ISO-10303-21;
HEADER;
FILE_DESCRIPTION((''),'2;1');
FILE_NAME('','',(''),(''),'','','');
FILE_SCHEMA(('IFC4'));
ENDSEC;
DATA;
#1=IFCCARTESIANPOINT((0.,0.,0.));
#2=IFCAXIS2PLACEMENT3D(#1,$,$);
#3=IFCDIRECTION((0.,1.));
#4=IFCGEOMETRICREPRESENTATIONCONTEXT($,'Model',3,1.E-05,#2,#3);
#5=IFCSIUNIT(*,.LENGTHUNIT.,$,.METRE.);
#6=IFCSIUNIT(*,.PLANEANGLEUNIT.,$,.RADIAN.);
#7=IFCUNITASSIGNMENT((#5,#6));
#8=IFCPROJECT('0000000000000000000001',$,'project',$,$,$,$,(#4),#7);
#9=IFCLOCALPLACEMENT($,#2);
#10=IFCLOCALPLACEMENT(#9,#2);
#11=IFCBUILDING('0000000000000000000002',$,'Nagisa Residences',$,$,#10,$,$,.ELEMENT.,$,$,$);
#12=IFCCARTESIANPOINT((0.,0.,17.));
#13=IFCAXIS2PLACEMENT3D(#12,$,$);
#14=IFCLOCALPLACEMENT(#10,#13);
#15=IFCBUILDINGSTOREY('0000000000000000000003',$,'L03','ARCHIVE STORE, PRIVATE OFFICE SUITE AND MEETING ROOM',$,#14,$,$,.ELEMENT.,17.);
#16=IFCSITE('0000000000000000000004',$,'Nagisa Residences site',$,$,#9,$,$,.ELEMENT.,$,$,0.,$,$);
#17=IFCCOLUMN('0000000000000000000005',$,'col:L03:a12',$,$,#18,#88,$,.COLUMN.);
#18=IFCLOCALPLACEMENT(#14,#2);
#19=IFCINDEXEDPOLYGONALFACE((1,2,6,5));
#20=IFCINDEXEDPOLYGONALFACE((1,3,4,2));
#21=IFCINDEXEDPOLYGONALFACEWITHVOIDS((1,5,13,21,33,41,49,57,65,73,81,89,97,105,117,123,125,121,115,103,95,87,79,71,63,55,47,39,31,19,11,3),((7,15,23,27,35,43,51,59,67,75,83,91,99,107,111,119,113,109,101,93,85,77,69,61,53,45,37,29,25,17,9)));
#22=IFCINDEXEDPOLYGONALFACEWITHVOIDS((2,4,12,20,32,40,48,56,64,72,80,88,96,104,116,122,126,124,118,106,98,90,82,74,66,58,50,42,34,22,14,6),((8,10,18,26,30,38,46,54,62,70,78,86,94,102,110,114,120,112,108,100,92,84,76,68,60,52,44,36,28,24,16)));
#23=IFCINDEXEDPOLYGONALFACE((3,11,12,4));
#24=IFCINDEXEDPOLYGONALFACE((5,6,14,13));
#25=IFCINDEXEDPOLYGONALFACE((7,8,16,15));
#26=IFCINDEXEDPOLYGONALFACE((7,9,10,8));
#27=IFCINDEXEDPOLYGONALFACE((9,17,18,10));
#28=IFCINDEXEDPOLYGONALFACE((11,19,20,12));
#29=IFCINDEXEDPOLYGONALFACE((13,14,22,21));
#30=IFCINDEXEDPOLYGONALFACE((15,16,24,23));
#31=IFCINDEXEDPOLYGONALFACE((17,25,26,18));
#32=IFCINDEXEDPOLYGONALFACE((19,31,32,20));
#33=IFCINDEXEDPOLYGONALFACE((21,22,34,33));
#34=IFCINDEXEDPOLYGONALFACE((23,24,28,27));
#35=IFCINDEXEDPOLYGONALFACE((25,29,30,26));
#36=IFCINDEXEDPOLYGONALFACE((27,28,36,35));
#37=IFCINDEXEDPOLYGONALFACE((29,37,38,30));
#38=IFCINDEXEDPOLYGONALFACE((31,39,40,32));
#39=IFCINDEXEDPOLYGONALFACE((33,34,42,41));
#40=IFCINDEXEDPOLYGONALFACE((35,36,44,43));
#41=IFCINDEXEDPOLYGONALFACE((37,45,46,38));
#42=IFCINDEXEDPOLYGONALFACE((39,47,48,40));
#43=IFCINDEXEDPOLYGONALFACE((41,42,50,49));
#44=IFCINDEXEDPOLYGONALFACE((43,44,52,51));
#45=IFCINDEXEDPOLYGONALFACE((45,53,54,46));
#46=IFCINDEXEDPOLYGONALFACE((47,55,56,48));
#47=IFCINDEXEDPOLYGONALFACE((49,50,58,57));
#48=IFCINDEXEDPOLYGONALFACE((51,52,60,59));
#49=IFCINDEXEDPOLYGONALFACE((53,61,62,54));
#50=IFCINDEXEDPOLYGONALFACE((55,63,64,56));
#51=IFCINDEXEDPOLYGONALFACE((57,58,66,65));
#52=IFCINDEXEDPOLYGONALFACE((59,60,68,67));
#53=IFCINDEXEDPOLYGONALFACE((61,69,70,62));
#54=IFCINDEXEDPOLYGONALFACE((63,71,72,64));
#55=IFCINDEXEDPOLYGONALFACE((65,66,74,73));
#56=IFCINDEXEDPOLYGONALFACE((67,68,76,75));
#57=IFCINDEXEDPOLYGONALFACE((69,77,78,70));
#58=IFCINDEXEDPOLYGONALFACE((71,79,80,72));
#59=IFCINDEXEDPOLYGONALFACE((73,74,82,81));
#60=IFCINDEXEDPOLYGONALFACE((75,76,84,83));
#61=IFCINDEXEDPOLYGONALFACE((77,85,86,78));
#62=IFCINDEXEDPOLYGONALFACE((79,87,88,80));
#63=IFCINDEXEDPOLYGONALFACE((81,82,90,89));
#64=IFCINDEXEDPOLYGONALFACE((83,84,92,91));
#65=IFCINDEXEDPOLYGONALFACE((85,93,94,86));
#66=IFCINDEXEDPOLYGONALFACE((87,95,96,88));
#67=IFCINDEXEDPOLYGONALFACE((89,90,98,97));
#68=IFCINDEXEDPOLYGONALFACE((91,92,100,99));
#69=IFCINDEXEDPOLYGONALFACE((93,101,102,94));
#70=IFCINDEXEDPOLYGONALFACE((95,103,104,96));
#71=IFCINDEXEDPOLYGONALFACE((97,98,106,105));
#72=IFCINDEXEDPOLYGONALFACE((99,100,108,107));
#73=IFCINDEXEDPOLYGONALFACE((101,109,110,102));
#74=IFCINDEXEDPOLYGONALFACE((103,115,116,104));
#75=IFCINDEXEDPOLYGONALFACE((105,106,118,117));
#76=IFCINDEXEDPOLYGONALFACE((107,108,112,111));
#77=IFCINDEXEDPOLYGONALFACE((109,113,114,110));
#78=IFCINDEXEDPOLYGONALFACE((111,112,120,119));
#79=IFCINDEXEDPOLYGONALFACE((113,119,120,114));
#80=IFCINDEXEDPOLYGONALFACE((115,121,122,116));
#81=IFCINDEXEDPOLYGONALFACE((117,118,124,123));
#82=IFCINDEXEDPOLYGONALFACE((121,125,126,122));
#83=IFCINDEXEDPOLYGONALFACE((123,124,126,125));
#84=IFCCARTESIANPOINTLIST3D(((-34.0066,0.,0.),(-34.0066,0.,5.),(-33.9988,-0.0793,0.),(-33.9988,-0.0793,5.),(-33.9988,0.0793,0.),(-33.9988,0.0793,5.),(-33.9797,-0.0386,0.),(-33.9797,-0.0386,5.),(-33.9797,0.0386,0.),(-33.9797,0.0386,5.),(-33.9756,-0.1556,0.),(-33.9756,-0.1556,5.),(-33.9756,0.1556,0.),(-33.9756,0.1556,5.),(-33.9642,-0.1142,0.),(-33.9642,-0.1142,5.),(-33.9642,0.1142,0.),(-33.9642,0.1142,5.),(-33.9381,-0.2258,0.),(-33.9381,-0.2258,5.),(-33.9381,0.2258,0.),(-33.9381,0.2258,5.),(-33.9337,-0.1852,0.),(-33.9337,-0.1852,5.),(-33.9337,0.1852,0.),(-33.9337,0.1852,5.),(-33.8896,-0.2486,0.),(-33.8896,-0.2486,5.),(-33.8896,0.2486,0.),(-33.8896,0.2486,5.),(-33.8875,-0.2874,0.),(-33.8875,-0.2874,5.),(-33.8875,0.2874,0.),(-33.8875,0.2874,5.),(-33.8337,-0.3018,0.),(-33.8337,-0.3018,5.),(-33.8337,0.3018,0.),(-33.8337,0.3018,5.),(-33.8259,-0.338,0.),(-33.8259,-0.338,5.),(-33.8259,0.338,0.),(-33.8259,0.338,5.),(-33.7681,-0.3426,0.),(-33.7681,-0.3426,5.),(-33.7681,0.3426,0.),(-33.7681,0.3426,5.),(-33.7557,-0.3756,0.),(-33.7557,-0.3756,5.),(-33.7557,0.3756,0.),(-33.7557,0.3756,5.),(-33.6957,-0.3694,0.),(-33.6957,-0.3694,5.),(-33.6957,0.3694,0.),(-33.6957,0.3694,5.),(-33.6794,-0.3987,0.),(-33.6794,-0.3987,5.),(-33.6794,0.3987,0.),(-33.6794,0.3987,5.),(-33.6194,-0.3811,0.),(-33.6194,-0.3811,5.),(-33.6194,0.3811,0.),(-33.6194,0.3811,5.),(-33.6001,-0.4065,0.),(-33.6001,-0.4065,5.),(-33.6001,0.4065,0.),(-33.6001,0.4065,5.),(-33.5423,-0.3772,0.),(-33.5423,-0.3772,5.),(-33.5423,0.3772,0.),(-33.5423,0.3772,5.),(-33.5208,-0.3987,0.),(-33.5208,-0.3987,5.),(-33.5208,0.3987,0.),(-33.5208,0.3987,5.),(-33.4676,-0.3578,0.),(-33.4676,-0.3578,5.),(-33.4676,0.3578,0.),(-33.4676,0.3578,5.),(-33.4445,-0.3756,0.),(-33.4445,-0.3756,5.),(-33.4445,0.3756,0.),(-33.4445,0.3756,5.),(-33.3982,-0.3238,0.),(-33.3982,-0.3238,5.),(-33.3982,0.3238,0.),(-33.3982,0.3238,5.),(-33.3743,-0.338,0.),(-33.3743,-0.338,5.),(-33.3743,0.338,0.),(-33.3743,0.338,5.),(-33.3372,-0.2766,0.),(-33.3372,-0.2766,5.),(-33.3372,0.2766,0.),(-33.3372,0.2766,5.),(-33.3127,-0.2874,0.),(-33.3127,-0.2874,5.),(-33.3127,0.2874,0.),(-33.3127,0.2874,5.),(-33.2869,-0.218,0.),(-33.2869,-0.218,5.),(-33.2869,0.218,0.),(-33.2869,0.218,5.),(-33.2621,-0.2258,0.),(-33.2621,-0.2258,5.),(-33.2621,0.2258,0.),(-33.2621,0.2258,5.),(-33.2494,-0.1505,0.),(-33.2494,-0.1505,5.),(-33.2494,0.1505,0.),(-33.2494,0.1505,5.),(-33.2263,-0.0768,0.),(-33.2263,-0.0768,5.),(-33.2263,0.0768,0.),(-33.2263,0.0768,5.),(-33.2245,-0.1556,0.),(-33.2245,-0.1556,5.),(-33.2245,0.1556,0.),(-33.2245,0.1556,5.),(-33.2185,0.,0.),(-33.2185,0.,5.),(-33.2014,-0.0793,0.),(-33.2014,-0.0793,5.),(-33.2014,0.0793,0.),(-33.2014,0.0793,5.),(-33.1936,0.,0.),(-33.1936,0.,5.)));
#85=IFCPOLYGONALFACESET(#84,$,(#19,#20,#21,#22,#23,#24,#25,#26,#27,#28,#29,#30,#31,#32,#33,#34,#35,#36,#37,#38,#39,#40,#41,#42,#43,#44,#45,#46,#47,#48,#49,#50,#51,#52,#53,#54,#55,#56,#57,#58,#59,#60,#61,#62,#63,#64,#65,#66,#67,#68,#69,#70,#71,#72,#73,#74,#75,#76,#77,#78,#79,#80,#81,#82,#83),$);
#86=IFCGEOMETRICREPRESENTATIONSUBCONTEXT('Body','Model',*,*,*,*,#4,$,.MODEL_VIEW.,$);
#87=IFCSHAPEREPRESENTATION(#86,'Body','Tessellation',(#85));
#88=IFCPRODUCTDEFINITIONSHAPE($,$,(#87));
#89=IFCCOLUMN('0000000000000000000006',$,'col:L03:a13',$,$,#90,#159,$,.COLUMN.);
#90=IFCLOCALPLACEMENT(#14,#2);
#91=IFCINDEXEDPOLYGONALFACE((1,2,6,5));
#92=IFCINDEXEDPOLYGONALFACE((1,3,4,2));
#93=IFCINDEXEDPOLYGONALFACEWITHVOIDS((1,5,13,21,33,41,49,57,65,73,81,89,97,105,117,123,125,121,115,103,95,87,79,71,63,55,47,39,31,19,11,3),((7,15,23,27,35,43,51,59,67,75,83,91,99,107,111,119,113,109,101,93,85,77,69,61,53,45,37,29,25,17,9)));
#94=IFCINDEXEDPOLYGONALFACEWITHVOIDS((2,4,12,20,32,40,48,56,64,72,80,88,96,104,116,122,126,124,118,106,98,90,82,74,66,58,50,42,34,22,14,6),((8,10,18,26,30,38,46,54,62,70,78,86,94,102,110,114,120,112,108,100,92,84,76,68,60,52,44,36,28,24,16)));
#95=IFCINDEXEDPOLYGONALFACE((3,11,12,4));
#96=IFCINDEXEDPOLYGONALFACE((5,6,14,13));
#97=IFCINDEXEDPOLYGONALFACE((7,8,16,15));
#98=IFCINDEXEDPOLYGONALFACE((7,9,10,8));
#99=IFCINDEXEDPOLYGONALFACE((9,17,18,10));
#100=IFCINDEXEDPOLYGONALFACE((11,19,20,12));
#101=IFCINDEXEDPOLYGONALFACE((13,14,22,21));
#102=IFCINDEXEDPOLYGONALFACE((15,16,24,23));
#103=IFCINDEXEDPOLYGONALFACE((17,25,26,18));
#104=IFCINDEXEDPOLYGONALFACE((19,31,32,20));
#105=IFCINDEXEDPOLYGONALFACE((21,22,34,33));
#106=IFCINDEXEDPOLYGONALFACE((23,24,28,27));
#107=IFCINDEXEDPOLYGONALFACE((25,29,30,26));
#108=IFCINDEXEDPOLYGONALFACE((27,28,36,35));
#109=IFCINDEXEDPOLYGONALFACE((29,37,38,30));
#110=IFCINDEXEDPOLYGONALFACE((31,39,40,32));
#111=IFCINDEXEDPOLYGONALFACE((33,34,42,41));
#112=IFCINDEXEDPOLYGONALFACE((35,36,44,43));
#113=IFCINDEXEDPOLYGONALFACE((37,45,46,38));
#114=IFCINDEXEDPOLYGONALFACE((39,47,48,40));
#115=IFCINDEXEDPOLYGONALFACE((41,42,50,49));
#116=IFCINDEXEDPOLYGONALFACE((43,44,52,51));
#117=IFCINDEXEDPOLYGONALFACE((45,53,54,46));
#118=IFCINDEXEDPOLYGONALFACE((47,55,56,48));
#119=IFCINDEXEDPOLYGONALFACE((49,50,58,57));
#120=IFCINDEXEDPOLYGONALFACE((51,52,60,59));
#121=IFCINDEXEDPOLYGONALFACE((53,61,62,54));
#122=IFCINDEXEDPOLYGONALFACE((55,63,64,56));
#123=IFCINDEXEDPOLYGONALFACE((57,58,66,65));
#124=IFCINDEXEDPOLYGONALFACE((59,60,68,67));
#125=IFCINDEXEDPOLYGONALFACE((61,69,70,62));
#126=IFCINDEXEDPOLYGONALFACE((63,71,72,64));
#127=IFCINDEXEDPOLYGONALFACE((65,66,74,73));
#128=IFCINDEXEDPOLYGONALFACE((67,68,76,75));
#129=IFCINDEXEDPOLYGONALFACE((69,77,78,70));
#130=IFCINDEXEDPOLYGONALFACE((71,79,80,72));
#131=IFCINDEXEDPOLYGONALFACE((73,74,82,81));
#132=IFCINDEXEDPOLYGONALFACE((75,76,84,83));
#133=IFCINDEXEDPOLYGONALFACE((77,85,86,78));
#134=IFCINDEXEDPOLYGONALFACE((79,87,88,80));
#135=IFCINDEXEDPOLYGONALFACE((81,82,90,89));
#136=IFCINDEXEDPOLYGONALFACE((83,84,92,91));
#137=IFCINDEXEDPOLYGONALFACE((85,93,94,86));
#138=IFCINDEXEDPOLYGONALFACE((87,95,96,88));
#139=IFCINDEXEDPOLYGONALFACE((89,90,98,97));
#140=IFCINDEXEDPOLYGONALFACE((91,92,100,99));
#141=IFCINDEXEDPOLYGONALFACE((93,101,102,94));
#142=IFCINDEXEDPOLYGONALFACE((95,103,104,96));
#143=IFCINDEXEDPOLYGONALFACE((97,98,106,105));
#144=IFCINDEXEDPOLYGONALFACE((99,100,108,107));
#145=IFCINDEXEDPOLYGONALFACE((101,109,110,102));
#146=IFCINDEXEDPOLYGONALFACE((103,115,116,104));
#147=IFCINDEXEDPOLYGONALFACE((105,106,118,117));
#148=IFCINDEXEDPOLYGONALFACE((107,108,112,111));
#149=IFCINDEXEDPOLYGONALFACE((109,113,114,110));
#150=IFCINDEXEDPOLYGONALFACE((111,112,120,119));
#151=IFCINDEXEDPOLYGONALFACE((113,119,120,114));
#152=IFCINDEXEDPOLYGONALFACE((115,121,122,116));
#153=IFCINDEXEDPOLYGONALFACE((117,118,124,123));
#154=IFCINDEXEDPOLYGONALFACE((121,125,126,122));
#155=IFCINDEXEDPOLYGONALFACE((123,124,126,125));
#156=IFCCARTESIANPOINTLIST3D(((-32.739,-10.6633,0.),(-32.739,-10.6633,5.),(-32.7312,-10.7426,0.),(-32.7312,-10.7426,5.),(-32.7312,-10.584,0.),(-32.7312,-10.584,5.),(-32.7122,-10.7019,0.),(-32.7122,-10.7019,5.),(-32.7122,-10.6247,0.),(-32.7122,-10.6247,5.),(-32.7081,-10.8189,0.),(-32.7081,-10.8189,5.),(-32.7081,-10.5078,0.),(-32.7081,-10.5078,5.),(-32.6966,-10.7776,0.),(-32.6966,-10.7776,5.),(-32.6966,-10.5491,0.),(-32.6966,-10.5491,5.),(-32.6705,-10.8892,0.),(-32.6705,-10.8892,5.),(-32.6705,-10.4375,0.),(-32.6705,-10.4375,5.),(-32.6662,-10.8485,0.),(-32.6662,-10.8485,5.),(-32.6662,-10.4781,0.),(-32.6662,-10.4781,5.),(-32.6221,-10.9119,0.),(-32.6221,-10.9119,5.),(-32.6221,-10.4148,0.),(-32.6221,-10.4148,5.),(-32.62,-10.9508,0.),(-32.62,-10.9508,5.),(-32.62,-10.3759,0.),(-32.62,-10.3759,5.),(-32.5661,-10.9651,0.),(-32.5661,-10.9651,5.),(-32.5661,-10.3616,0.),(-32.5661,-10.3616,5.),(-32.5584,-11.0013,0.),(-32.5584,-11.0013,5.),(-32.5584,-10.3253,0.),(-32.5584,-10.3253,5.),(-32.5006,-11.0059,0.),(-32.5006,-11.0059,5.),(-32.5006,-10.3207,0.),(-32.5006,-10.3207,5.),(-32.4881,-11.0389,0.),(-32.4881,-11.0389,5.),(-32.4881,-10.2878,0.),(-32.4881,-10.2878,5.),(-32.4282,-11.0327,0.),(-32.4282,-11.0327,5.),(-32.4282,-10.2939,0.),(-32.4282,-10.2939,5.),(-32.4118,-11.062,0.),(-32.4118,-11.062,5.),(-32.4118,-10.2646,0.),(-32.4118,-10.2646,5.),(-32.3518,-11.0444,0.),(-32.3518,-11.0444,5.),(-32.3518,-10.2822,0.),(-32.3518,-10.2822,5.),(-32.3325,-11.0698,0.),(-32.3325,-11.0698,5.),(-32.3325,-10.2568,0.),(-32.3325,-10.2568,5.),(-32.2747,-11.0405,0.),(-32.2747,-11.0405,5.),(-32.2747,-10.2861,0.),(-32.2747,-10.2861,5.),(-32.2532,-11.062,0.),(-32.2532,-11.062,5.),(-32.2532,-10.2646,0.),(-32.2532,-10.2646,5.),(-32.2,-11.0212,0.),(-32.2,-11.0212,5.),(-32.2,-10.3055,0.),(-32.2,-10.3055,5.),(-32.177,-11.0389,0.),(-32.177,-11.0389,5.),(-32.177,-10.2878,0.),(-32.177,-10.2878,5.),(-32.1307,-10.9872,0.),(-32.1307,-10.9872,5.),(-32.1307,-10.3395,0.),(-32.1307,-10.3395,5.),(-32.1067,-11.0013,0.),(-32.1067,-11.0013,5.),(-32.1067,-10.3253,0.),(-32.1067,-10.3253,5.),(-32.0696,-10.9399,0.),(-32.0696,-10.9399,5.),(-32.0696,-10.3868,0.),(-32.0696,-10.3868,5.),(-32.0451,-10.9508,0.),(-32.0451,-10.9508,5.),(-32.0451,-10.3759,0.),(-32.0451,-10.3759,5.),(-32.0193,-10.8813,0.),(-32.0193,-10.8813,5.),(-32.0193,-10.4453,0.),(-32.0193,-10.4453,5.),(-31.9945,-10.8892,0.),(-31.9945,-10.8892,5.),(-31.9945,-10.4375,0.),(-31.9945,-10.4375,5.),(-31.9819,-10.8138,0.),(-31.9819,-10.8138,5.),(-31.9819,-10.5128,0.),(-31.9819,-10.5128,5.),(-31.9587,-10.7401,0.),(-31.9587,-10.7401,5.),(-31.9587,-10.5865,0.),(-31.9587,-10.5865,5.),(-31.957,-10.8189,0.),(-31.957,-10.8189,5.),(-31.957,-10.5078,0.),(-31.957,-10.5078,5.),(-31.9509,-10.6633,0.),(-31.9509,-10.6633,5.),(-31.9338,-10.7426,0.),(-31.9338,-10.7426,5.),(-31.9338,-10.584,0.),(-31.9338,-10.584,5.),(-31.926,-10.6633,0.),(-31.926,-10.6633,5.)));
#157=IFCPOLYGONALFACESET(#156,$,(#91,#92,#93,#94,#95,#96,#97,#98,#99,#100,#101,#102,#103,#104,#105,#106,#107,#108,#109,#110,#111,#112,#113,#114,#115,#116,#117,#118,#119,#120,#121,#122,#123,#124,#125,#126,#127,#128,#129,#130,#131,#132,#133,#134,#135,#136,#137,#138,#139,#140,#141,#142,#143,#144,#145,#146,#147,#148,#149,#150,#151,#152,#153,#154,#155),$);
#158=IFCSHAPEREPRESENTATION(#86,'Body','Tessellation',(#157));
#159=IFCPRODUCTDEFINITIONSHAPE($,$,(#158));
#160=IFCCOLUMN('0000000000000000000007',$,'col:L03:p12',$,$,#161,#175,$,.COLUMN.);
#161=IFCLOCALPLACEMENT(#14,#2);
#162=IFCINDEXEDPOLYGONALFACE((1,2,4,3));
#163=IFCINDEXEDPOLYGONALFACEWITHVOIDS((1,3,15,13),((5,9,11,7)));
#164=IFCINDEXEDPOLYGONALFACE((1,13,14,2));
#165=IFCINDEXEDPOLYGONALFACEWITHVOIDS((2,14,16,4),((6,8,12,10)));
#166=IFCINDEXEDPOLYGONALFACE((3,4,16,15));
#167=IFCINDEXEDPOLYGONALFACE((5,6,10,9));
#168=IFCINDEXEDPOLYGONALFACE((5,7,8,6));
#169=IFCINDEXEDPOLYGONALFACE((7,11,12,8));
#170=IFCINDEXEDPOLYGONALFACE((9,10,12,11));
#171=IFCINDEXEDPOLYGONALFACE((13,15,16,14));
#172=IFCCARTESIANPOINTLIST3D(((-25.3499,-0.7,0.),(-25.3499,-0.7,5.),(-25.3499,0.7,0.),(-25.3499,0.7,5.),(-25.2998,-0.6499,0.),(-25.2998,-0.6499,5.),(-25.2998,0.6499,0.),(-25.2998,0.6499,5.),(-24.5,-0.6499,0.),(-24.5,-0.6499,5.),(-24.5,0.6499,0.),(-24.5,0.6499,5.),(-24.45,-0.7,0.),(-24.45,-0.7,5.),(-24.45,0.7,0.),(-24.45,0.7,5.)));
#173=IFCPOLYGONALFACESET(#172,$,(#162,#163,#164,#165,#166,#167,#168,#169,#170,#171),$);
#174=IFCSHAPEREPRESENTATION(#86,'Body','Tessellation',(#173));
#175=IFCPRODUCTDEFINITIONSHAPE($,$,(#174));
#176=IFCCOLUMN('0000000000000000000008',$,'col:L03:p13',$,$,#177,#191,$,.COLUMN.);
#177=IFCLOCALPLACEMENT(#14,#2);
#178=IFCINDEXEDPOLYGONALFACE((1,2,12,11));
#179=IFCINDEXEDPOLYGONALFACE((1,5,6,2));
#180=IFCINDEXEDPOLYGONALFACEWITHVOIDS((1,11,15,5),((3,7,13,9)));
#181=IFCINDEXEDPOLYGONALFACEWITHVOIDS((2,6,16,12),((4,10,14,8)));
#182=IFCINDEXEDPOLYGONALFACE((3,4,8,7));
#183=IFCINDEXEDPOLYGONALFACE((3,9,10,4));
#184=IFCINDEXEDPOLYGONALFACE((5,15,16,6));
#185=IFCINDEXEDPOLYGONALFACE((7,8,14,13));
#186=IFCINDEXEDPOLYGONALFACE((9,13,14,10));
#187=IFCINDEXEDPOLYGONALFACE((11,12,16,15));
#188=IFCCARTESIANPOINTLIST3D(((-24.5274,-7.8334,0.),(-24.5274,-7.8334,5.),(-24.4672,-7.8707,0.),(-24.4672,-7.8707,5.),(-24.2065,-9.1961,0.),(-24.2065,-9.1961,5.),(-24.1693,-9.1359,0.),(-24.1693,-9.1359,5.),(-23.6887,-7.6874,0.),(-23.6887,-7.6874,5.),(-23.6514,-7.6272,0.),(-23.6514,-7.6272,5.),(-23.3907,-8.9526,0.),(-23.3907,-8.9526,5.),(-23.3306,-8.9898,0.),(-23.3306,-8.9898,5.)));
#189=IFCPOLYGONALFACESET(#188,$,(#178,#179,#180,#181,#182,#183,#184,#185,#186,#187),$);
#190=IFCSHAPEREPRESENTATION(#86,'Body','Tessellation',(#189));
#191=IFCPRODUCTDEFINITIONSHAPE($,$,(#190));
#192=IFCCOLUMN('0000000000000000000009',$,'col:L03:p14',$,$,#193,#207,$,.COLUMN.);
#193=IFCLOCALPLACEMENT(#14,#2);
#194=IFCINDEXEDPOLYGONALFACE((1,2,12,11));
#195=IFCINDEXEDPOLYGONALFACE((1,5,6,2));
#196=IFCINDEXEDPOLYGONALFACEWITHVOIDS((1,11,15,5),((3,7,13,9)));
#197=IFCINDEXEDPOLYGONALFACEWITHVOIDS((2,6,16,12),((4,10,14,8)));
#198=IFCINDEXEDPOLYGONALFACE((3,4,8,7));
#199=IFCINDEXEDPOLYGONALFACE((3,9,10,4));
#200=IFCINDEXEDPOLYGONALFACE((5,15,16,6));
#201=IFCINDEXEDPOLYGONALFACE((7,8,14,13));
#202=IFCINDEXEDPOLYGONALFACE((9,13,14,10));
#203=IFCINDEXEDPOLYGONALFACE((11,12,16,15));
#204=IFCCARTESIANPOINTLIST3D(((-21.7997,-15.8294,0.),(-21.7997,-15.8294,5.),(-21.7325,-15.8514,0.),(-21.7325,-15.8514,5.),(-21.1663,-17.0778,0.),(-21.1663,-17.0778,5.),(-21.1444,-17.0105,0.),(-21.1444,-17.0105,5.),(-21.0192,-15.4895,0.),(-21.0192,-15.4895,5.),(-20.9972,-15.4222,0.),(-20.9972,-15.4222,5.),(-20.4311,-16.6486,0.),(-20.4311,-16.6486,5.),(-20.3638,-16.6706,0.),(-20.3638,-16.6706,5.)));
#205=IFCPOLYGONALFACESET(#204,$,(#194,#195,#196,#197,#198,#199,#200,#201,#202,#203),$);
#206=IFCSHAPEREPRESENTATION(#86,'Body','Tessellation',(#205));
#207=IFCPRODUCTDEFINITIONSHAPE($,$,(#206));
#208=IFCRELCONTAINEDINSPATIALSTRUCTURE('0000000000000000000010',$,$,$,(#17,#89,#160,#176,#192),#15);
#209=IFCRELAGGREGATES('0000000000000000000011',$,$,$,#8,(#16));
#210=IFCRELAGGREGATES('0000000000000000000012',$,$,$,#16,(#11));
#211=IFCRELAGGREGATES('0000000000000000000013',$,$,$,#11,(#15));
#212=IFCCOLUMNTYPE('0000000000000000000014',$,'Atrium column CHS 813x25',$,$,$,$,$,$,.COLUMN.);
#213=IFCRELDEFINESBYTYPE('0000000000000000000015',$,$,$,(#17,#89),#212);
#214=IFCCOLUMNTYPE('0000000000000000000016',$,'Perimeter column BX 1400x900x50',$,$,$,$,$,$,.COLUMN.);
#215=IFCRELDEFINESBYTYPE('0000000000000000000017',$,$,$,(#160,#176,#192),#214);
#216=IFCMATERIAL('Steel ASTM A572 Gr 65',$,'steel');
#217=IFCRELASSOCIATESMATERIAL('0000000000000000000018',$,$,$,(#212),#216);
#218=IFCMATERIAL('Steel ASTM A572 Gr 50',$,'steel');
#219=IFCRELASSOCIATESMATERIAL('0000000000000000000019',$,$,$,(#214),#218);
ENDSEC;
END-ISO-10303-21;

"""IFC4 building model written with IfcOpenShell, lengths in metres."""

from ifc_helpers import new_model, si_unit, direction, frame, origin, origin_2d, place, context, subcontext, project, spatial, hollow_rectangle, hollow_circle, extrude, material, material_profile, profile_set, type_object, element, save


model = new_model("IFC4")

# Units and contexts
model_context = context("Model", 3, precision=1e-05, world=origin(), true_north=direction((0.0, 1.0)))
body_context = subcontext(model_context, "Body", "Model", "MODEL_VIEW")
ifc_project = project(units=[si_unit("LENGTHUNIT", "METRE"), si_unit("PLANEANGLEUNIT", "RADIAN")], contexts=[model_context])

# Site, building, storey
site_placement = place(None, origin())
site = spatial("IfcSite", under=ifc_project, at=site_placement, Name="Nagisa Residences site", CompositionType="ELEMENT", RefElevation=0.0)
building_placement = place(site_placement, origin())
building = spatial("IfcBuilding", under=site, at=building_placement, Name="Nagisa Residences", CompositionType="ELEMENT")
storey_placement = place(building_placement, frame((0.0, 0.0, 17.0)))
storey = spatial("IfcBuildingStorey", under=building, at=storey_placement, Name="L03", Description="ARCHIVE STORE, PRIVATE OFFICE SUITE AND MEETING ROOM", CompositionType="ELEMENT", Elevation=17.0)

# Columns
ifc_material_1 = material(Name="Steel ASTM A572 Gr 65", Category="steel")
ifc_material_profile_1 = material_profile(ifc_material_1, hollow_circle(Radius=0.4065, WallThickness=0.0249, at=origin_2d()), Name="CHS 813x25")
ifc_profile_set_1 = profile_set([ifc_material_profile_1], Name="Steel ASTM A572 Gr 65")
column_type_1 = type_object("IfcColumnType", Name="Atrium column CHS 813x25", PredefinedType="COLUMN", material=ifc_profile_set_1)
for number, where, z_axis, x_axis, name in (
    (1, (-33.6001, 0.0, 0.0), (0.0, 0.0, 1.0), (1.0, 0.0, 0.0), "col:L03:a12"),
    (2, (-32.3325, -10.6633, 0.0), (0.0, 0.0, 1.0), (1.0, 0.0, 0.0), "col:L03:a13"),
):
    element("IfcColumn", number, at=place(storey_placement, frame(where, z_axis=z_axis, x_axis=x_axis)), inside=storey, type_object=column_type_1, Name=name, PredefinedType="COLUMN", context=body_context, shape_type="SweptSolid", body=[
        extrude(hollow_circle(Radius=0.4065, WallThickness=0.0249, at=origin_2d()), origin(), (0.0, 0.0, 1.0), 5.0),
    ])
ifc_material_2 = material(Name="Steel ASTM A572 Gr 50", Category="steel")
ifc_material_profile_2 = material_profile(ifc_material_2, hollow_rectangle(XDim=1.3999, YDim=0.8999, WallThickness=0.05, at=origin_2d()), Name="BX 1400x900x50")
ifc_profile_set_2 = profile_set([ifc_material_profile_2], Name="Steel ASTM A572 Gr 50")
column_type_2 = type_object("IfcColumnType", Name="Perimeter column BX 1400x900x50", PredefinedType="COLUMN", material=ifc_profile_set_2)
for number, where, z_axis, x_axis, name in (
    (3, (-24.8999, 0.0, 0.0), (0.0, 0.0, 1.0), (0.0, -1.0, 0.0), "col:L03:p12"),
    (4, (-23.929, -8.4116, 0.0), (0.0, 0.0, 1.0), (0.229202, -0.973379, 0.0), "col:L03:p13"),
    (5, (-21.0818, -16.25, 0.0), (0.0, 0.0, 1.0), (0.452463, -0.891783, 0.0), "col:L03:p14"),
):
    element("IfcColumn", number, at=place(storey_placement, frame(where, z_axis=z_axis, x_axis=x_axis)), inside=storey, type_object=column_type_2, Name=name, PredefinedType="COLUMN", context=body_context, shape_type="SweptSolid", body=[
        extrude(hollow_rectangle(XDim=1.3999, YDim=0.8999, WallThickness=0.05, at=origin_2d()), origin(), (0.0, 0.0, 1.0), 5.0),
    ])

save(model, "model.ifc")
